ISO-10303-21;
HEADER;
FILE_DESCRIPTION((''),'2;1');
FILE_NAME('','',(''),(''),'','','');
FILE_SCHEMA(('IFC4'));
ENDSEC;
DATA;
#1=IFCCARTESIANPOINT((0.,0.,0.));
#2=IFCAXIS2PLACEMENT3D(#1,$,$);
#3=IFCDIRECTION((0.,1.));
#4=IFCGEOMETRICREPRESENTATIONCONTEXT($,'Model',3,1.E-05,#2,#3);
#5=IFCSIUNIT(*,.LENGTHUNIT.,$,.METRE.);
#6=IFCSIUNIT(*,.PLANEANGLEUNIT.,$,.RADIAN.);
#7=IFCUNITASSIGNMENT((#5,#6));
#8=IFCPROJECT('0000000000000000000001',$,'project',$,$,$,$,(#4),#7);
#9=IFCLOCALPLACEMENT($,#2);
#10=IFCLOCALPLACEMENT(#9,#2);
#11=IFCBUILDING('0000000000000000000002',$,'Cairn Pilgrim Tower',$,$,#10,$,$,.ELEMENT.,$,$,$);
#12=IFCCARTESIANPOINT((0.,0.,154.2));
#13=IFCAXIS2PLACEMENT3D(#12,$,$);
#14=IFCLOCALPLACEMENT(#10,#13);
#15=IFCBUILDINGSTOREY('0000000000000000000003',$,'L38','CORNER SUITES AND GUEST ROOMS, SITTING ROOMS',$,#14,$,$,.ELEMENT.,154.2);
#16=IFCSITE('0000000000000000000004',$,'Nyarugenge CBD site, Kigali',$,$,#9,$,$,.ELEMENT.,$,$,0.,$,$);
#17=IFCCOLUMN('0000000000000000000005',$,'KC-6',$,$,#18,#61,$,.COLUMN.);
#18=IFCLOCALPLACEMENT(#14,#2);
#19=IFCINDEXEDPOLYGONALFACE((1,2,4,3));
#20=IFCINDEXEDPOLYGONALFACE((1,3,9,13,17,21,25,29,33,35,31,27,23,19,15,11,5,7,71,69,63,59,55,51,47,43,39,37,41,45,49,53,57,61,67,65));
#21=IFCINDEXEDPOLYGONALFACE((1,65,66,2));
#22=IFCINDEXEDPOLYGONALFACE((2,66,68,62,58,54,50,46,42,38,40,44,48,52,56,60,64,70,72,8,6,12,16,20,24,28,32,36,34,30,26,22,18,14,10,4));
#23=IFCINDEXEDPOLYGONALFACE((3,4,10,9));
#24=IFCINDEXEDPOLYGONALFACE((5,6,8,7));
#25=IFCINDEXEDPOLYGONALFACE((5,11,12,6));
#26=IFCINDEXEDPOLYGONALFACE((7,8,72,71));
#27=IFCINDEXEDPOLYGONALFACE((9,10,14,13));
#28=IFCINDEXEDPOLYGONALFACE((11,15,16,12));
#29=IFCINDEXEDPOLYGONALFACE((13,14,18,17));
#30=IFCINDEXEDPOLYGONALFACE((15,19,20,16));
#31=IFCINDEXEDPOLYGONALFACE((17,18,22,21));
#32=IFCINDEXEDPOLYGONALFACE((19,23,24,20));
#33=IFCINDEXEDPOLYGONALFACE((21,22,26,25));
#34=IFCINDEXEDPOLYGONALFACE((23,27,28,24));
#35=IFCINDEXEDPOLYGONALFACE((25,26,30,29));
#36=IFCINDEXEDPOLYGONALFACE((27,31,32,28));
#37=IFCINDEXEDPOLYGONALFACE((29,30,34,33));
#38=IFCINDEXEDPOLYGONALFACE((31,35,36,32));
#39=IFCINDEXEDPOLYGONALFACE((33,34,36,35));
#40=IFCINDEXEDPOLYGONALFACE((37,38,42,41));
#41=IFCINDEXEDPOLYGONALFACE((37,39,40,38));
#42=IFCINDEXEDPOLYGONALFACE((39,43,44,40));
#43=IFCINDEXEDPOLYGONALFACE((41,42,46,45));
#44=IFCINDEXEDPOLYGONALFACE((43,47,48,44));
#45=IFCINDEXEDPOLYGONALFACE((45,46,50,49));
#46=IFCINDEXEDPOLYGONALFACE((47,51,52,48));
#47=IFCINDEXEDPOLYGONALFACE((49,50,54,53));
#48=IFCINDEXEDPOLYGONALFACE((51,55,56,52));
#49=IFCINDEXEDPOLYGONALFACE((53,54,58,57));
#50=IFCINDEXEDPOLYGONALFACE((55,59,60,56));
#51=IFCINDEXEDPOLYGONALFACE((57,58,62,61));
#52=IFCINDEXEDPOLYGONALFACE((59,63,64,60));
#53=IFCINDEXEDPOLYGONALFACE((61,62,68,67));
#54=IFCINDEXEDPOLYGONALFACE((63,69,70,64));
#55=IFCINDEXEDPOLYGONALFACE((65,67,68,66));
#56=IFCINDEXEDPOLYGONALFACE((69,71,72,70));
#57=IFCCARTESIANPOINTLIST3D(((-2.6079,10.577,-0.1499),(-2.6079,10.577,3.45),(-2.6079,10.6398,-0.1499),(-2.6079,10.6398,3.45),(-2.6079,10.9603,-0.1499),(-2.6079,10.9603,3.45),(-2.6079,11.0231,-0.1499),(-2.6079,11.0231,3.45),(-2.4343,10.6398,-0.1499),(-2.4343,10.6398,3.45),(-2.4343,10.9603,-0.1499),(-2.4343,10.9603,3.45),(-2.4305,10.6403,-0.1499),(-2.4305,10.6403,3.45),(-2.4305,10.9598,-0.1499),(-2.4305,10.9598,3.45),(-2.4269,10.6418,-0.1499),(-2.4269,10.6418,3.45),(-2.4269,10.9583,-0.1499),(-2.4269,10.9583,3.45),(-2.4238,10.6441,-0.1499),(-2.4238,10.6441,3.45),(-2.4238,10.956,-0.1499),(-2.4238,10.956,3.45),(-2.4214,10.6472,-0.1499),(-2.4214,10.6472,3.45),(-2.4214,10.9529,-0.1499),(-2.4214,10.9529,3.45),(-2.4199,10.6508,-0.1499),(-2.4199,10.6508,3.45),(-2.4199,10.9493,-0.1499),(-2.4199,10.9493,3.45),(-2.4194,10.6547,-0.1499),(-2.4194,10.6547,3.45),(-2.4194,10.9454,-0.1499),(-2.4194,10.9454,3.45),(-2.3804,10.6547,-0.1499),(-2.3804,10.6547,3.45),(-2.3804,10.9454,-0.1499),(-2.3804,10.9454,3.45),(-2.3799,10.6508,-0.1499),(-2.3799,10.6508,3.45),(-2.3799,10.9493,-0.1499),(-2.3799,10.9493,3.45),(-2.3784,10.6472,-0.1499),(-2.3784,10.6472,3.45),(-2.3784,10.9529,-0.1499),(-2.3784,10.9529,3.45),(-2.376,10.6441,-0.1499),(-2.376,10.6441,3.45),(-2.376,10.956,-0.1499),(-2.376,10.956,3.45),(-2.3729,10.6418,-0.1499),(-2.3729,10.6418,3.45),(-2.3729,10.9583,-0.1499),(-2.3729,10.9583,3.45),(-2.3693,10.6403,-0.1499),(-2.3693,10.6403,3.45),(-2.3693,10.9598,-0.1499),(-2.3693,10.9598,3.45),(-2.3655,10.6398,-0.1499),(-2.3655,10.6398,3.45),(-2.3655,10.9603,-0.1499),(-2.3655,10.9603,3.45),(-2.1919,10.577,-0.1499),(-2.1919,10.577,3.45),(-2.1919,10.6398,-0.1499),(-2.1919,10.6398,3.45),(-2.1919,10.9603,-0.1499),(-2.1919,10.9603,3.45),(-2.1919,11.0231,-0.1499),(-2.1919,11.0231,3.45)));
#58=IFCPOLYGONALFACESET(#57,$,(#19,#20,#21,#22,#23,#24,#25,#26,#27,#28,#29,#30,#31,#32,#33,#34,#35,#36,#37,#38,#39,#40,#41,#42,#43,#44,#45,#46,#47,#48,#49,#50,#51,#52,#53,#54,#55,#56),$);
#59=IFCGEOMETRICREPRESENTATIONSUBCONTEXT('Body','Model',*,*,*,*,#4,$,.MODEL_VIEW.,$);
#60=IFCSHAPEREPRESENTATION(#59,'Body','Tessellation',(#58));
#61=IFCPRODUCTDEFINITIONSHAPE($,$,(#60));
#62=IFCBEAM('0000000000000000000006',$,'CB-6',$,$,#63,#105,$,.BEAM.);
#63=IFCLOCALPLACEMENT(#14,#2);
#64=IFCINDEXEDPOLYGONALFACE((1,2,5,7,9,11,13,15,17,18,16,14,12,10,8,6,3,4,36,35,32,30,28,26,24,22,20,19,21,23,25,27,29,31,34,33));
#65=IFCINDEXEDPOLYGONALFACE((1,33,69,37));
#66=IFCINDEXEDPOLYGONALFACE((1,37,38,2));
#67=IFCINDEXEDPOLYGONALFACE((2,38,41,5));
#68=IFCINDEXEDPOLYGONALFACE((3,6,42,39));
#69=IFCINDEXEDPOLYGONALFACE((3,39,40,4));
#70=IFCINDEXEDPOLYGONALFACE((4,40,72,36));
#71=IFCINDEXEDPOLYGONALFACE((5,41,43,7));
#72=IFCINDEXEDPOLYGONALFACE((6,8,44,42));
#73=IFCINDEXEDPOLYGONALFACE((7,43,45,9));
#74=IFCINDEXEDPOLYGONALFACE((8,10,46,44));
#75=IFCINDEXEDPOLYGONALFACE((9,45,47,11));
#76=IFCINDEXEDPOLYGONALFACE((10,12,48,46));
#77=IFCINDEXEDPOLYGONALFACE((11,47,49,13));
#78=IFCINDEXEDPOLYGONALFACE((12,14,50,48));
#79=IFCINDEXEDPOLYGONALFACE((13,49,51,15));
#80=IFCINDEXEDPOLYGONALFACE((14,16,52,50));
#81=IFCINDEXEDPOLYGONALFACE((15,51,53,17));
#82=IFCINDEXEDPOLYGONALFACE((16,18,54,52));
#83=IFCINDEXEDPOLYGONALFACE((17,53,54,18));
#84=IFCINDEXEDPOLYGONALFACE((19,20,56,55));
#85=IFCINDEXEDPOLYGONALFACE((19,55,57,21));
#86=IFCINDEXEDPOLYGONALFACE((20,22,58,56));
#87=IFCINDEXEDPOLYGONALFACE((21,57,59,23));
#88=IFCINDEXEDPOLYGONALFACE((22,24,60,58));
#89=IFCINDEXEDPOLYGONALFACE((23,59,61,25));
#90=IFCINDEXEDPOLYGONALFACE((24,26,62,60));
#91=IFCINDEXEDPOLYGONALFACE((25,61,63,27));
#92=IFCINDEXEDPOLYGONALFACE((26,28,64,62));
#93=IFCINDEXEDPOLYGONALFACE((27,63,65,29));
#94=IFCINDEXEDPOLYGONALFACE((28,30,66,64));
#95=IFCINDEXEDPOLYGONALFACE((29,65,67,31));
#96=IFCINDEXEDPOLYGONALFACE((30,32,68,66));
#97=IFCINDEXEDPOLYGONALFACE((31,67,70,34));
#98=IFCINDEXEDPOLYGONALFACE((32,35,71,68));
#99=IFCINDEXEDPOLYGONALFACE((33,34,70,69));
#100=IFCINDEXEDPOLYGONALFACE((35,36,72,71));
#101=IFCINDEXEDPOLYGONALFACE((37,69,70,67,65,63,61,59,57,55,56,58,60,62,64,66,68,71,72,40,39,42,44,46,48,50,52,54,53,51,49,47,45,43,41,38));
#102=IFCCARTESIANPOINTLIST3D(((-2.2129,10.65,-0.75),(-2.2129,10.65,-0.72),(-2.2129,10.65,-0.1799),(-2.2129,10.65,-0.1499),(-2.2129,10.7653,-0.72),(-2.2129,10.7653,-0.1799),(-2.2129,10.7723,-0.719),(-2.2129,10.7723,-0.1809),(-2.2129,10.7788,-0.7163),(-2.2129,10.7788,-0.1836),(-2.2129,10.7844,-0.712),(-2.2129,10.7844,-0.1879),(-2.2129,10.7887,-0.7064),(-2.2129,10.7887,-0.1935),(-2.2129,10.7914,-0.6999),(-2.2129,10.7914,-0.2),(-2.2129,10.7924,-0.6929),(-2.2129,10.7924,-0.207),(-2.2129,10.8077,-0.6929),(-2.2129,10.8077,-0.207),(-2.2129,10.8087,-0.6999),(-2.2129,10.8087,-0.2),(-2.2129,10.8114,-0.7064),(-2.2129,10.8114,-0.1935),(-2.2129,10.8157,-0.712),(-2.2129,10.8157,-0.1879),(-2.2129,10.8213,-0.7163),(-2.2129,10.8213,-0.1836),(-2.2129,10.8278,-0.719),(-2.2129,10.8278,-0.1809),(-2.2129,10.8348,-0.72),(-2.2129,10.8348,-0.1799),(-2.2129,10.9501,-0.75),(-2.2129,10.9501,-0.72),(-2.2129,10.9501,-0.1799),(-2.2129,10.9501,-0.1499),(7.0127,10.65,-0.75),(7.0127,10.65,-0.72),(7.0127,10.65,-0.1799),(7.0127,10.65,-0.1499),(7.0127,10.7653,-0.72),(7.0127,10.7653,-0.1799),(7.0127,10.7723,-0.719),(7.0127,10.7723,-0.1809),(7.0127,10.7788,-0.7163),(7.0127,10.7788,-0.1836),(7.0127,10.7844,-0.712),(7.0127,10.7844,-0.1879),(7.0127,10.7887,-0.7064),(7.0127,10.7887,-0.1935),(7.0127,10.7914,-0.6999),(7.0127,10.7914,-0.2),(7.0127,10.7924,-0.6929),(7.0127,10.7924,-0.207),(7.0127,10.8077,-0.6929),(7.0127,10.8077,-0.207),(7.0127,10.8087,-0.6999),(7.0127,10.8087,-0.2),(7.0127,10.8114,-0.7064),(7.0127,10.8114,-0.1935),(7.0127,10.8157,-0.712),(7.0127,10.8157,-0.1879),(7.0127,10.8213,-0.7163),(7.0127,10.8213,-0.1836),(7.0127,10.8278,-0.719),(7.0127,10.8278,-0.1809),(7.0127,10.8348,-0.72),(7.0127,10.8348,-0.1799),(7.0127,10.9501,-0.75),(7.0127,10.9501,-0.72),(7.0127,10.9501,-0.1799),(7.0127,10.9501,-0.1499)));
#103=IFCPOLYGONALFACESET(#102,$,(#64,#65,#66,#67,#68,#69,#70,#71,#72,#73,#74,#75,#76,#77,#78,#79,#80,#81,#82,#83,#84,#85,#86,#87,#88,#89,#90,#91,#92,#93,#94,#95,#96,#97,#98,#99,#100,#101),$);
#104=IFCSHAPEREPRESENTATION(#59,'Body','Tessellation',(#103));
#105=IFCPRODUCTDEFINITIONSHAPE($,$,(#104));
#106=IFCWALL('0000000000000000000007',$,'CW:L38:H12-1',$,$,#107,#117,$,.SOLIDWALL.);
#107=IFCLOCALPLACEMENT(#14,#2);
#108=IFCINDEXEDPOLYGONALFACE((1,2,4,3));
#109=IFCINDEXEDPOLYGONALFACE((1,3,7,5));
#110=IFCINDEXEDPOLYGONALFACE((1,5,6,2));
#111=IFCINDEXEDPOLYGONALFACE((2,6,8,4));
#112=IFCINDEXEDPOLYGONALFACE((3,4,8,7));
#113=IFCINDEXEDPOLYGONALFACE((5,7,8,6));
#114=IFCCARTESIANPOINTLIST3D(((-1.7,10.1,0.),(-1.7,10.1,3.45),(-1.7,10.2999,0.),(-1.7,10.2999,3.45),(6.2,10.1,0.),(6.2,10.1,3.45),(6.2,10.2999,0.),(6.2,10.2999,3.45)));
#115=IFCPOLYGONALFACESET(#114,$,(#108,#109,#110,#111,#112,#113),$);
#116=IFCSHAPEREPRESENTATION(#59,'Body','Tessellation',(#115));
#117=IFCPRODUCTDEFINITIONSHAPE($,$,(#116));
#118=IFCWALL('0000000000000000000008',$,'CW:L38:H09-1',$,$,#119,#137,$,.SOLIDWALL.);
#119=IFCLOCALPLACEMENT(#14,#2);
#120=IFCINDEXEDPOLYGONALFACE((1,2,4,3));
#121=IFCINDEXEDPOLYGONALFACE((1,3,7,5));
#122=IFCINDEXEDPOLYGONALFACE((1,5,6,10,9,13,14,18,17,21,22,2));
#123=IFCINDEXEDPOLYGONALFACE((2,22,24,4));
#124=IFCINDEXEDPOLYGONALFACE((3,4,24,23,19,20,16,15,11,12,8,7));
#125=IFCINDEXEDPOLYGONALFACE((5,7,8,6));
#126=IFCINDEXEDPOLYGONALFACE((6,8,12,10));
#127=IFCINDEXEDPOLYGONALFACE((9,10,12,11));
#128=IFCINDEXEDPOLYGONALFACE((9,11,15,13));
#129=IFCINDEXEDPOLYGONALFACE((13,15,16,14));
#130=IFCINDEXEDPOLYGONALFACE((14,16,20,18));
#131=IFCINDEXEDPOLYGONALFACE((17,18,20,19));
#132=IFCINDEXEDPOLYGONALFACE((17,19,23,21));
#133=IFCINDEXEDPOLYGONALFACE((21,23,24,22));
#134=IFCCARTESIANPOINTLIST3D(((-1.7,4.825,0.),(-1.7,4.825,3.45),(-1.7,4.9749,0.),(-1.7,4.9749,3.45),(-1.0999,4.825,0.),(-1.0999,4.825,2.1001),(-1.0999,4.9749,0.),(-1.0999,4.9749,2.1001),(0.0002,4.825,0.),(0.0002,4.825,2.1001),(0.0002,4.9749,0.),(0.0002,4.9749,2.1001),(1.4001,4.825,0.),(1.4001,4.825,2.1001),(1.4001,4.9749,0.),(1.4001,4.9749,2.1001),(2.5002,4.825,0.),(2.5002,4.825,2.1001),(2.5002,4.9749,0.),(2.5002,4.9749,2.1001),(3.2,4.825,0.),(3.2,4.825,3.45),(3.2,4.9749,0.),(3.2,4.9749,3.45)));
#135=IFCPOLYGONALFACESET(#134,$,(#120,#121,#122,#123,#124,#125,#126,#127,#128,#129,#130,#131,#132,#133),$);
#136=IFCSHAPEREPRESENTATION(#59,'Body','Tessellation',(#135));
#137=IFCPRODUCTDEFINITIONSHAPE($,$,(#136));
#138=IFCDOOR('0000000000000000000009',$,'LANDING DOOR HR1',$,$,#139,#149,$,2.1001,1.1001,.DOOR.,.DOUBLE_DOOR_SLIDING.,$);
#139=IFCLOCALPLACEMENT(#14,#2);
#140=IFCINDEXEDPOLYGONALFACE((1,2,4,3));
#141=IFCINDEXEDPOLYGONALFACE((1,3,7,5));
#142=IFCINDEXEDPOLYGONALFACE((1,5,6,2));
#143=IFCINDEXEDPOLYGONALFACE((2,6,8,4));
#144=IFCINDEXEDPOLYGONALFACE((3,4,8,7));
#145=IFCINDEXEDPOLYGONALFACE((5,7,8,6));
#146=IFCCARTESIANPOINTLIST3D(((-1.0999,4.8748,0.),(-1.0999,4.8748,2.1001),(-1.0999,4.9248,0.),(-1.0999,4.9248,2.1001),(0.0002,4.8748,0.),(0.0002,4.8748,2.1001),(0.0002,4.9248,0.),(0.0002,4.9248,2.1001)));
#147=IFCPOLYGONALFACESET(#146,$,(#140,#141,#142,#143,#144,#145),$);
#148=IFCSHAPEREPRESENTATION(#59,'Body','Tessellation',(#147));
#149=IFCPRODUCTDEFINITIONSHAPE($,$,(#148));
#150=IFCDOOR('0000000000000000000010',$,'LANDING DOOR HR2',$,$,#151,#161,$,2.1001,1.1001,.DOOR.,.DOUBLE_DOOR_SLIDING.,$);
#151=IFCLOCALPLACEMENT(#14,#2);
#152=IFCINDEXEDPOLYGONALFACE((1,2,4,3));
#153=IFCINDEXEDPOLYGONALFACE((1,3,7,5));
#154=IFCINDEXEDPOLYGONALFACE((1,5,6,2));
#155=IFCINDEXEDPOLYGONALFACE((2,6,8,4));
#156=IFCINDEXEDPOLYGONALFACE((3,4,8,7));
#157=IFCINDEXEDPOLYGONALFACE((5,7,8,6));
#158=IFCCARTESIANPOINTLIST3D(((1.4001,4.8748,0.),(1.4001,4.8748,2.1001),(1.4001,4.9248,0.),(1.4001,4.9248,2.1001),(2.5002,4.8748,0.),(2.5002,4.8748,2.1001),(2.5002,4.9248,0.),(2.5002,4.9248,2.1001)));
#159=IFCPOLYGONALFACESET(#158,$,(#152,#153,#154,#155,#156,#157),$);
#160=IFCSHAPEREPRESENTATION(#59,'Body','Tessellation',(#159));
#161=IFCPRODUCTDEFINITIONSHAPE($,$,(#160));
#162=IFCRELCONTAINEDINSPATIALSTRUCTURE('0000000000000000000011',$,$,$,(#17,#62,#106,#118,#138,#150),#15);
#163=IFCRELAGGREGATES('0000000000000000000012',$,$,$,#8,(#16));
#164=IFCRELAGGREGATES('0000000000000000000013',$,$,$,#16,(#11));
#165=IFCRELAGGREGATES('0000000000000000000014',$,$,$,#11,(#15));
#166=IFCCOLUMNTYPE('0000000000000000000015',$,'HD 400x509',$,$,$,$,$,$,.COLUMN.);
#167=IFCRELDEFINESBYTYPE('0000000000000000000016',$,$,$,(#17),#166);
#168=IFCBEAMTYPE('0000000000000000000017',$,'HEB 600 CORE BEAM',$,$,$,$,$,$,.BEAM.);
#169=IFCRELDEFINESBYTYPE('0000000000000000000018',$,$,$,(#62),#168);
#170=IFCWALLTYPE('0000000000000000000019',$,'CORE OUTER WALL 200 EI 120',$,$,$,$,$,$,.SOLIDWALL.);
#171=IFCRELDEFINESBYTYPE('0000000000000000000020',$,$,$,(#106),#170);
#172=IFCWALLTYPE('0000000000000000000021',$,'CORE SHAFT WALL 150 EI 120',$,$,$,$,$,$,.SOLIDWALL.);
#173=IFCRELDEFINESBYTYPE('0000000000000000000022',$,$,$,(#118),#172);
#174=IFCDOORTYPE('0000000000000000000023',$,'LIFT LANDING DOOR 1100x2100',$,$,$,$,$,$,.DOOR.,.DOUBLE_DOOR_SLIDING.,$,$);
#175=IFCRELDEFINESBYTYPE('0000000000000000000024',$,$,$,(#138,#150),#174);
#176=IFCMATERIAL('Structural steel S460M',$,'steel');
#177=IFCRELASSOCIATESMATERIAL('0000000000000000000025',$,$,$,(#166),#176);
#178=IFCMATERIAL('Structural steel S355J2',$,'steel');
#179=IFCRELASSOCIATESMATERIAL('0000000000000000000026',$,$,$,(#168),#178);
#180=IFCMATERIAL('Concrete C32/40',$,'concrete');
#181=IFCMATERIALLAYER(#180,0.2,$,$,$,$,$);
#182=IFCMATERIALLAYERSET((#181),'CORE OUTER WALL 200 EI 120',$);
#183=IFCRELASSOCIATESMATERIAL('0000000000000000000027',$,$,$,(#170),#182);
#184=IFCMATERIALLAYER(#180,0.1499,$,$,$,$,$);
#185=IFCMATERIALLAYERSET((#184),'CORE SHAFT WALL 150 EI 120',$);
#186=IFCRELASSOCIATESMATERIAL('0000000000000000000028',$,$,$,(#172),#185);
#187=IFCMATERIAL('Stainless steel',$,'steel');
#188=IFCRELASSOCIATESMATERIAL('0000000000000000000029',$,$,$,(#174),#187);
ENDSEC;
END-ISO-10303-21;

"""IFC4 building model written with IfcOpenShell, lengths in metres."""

from ifc_helpers import new_model, si_unit, direction, frame, frame_2d, origin, origin_2d, place, context, subcontext, project, spatial, rectangle, i_section, extrude, material, layer, layer_set, material_profile, profile_set, type_object, element, fill, save


model = new_model("IFC4")

# Units and contexts
model_context = context("Model", 3, precision=1e-05, world=origin(), true_north=direction((0.0, 1.0)))
body_context = subcontext(model_context, "Body", "Model", "MODEL_VIEW")
ifc_project = project(units=[si_unit("LENGTHUNIT", "METRE"), si_unit("PLANEANGLEUNIT", "RADIAN")], contexts=[model_context])

# Site, building, storey
site_placement = place(None, origin())
site = spatial("IfcSite", under=ifc_project, at=site_placement, Name="Nyarugenge CBD site, Kigali", CompositionType="ELEMENT", RefElevation=0.0)
building_placement = place(site_placement, origin())
building = spatial("IfcBuilding", under=site, at=building_placement, Name="Cairn Pilgrim Tower", CompositionType="ELEMENT")
storey_placement = place(building_placement, frame((0.0, 0.0, 154.2)))
storey = spatial("IfcBuildingStorey", under=building, at=storey_placement, Name="L38", Description="CORNER SUITES AND GUEST ROOMS, SITTING ROOMS", CompositionType="ELEMENT", Elevation=154.2)

# Column
ifc_material_1 = material(Name="Structural steel S460M", Category="steel")
ifc_material_profile_1 = material_profile(ifc_material_1, i_section(OverallWidth=0.416, OverallDepth=0.446, WebThickness=0.0391, FlangeThickness=0.0627, FilletRadius=0.0149, at=origin_2d()), Name="HD 400x509")
ifc_profile_set_1 = profile_set([ifc_material_profile_1], Name="Structural steel S460M")
column_type = type_object("IfcColumnType", Name="HD 400x509", PredefinedType="COLUMN", material=ifc_profile_set_1)
column_placement = place(storey_placement, frame((-2.3999, 10.8, -0.1499), z_axis=(0.0, 0.0, 1.0), x_axis=(1.0, 0.0, 0.0)))
element("IfcColumn", 1, at=column_placement, inside=storey, type_object=column_type, Name="KC-6", PredefinedType="COLUMN", context=body_context, shape_type="SweptSolid", body=[
    extrude(i_section(OverallWidth=0.416, OverallDepth=0.446, WebThickness=0.0391, FlangeThickness=0.0627, FilletRadius=0.0149, at=origin_2d()), origin(), (0.0, 0.0, 1.0), 3.5999),
])

# Beam
ifc_material_2 = material(Name="Structural steel S355J2", Category="steel")
ifc_material_profile_2 = material_profile(ifc_material_2, i_section(OverallWidth=0.3, OverallDepth=0.6001, WebThickness=0.0154, FlangeThickness=0.03, FilletRadius=0.0271, at=origin_2d()), Name="HEB 600")
ifc_profile_set_2 = profile_set([ifc_material_profile_2], Name="Structural steel S355J2")
beam_type = type_object("IfcBeamType", Name="HEB 600 CORE BEAM", PredefinedType="BEAM", material=ifc_profile_set_2)
beam_placement = place(storey_placement, frame((7.0127, 10.8, -0.45), z_axis=(-1.0, 0.0, 0.0), x_axis=(0.0, -1.0, 0.0)))
element("IfcBeam", 2, at=beam_placement, inside=storey, type_object=beam_type, Name="CB-6", PredefinedType="BEAM", context=body_context, shape_type="SweptSolid", body=[
    extrude(i_section(OverallWidth=0.3, OverallDepth=0.6001, WebThickness=0.0154, FlangeThickness=0.03, FilletRadius=0.0271, at=origin_2d()), origin(), (0.0, 0.0, 1.0), 9.2256),
])

# Wall
ifc_material_3 = material(Name="Concrete C32/40", Category="concrete")
ifc_layer_1 = layer(ifc_material_3, 0.2)
ifc_layer_set_1 = layer_set([ifc_layer_1], Name="CORE OUTER WALL 200 EI 120")
wall_type_1 = type_object("IfcWallType", Name="CORE OUTER WALL 200 EI 120", PredefinedType="SOLIDWALL", material=ifc_layer_set_1)
wall_1_placement = place(storey_placement, frame((-1.7, 10.2, 0.0), z_axis=(0.0, 0.0, 1.0), x_axis=(1.0, 0.0, 0.0)))
element("IfcWall", 3, at=wall_1_placement, inside=storey, type_object=wall_type_1, Name="CW:L38:H12-1", PredefinedType="SOLIDWALL", context=body_context, shape_type="SweptSolid", body=[
    extrude(rectangle(XDim=7.8999, YDim=0.2, at=frame_2d((3.95, 0.0))), origin(), (0.0, 0.0, 1.0), 3.45),
])

# Wall, openings, doors
ifc_layer_2 = layer(ifc_material_3, 0.1499)
ifc_layer_set_2 = layer_set([ifc_layer_2], Name="CORE SHAFT WALL 150 EI 120")
wall_type_2 = type_object("IfcWallType", Name="CORE SHAFT WALL 150 EI 120", PredefinedType="SOLIDWALL", material=ifc_layer_set_2)
wall_2_placement = place(storey_placement, frame((-1.7, 4.8999, 0.0), z_axis=(0.0, 0.0, 1.0), x_axis=(1.0, 0.0, 0.0)))
wall_2 = element("IfcWall", 4, at=wall_2_placement, inside=storey, type_object=wall_type_2, Name="CW:L38:H09-1", PredefinedType="SOLIDWALL", context=body_context, shape_type="SweptSolid", body=[
    extrude(rectangle(XDim=4.8999, YDim=0.1499, at=frame_2d((2.45, 0.0))), origin(), (0.0, 0.0, 1.0), 3.45),
])
opening_1_placement = place(wall_2_placement, frame((0.6001, 0.0, 0.0)))
opening_1 = element("IfcOpeningElement", 5, at=opening_1_placement, cuts=wall_2, PredefinedType="OPENING", context=body_context, shape_type="SweptSolid", body=[
    extrude(rectangle(XDim=1.1001, YDim=2.1001, at=frame_2d((0.55, 1.05))), frame((0.0, 0.085, 0.0), z_axis=(0.0, -1.0, 0.0), x_axis=(1.0, 0.0, 0.0)), (0.0, 0.0, 1.0), 0.1699),
])
opening_2_placement = place(wall_2_placement, frame((3.1001, 0.0, 0.0)))
opening_2 = element("IfcOpeningElement", 6, at=opening_2_placement, cuts=wall_2, PredefinedType="OPENING", context=body_context, shape_type="SweptSolid", body=[
    extrude(rectangle(XDim=1.1001, YDim=2.1001, at=frame_2d((0.55, 1.05))), frame((0.0, 0.085, 0.0), z_axis=(0.0, -1.0, 0.0), x_axis=(1.0, 0.0, 0.0)), (0.0, 0.0, 1.0), 0.1699),
])
ifc_material_4 = material(Name="Stainless steel", Category="steel")
door_type_1 = type_object("IfcDoorType", Name="LIFT LANDING DOOR 1100x2100", OperationType="DOUBLE_DOOR_SLIDING", PredefinedType="DOOR", material=ifc_material_4)
door_1_placement = place(opening_1_placement, origin())
door_1 = element("IfcDoor", 7, at=door_1_placement, inside=storey, type_object=door_type_1, Name="LANDING DOOR HR1", OperationType="DOUBLE_DOOR_SLIDING", OverallHeight=2.1001, OverallWidth=1.1001, PredefinedType="DOOR", context=body_context, shape_type="SweptSolid", body=[
    extrude(rectangle(XDim=1.1001, YDim=2.1001, at=frame_2d((0.55, 1.05))), frame((0.0, 0.0249, 0.0), z_axis=(0.0, -1.0, 0.0), x_axis=(1.0, 0.0, 0.0)), (0.0, 0.0, 1.0), 0.05),
])
fill(opening_1, door_1)
door_2_placement = place(opening_2_placement, origin())
door_2 = element("IfcDoor", 8, at=door_2_placement, inside=storey, type_object=door_type_1, Name="LANDING DOOR HR2", OperationType="DOUBLE_DOOR_SLIDING", OverallHeight=2.1001, OverallWidth=1.1001, PredefinedType="DOOR", context=body_context, shape_type="SweptSolid", body=[
    extrude(rectangle(XDim=1.1001, YDim=2.1001, at=frame_2d((0.55, 1.05))), frame((0.0, 0.0249, 0.0), z_axis=(0.0, -1.0, 0.0), x_axis=(1.0, 0.0, 0.0)), (0.0, 0.0, 1.0), 0.05),
])
fill(opening_2, door_2)

save(model, "model.ifc")
